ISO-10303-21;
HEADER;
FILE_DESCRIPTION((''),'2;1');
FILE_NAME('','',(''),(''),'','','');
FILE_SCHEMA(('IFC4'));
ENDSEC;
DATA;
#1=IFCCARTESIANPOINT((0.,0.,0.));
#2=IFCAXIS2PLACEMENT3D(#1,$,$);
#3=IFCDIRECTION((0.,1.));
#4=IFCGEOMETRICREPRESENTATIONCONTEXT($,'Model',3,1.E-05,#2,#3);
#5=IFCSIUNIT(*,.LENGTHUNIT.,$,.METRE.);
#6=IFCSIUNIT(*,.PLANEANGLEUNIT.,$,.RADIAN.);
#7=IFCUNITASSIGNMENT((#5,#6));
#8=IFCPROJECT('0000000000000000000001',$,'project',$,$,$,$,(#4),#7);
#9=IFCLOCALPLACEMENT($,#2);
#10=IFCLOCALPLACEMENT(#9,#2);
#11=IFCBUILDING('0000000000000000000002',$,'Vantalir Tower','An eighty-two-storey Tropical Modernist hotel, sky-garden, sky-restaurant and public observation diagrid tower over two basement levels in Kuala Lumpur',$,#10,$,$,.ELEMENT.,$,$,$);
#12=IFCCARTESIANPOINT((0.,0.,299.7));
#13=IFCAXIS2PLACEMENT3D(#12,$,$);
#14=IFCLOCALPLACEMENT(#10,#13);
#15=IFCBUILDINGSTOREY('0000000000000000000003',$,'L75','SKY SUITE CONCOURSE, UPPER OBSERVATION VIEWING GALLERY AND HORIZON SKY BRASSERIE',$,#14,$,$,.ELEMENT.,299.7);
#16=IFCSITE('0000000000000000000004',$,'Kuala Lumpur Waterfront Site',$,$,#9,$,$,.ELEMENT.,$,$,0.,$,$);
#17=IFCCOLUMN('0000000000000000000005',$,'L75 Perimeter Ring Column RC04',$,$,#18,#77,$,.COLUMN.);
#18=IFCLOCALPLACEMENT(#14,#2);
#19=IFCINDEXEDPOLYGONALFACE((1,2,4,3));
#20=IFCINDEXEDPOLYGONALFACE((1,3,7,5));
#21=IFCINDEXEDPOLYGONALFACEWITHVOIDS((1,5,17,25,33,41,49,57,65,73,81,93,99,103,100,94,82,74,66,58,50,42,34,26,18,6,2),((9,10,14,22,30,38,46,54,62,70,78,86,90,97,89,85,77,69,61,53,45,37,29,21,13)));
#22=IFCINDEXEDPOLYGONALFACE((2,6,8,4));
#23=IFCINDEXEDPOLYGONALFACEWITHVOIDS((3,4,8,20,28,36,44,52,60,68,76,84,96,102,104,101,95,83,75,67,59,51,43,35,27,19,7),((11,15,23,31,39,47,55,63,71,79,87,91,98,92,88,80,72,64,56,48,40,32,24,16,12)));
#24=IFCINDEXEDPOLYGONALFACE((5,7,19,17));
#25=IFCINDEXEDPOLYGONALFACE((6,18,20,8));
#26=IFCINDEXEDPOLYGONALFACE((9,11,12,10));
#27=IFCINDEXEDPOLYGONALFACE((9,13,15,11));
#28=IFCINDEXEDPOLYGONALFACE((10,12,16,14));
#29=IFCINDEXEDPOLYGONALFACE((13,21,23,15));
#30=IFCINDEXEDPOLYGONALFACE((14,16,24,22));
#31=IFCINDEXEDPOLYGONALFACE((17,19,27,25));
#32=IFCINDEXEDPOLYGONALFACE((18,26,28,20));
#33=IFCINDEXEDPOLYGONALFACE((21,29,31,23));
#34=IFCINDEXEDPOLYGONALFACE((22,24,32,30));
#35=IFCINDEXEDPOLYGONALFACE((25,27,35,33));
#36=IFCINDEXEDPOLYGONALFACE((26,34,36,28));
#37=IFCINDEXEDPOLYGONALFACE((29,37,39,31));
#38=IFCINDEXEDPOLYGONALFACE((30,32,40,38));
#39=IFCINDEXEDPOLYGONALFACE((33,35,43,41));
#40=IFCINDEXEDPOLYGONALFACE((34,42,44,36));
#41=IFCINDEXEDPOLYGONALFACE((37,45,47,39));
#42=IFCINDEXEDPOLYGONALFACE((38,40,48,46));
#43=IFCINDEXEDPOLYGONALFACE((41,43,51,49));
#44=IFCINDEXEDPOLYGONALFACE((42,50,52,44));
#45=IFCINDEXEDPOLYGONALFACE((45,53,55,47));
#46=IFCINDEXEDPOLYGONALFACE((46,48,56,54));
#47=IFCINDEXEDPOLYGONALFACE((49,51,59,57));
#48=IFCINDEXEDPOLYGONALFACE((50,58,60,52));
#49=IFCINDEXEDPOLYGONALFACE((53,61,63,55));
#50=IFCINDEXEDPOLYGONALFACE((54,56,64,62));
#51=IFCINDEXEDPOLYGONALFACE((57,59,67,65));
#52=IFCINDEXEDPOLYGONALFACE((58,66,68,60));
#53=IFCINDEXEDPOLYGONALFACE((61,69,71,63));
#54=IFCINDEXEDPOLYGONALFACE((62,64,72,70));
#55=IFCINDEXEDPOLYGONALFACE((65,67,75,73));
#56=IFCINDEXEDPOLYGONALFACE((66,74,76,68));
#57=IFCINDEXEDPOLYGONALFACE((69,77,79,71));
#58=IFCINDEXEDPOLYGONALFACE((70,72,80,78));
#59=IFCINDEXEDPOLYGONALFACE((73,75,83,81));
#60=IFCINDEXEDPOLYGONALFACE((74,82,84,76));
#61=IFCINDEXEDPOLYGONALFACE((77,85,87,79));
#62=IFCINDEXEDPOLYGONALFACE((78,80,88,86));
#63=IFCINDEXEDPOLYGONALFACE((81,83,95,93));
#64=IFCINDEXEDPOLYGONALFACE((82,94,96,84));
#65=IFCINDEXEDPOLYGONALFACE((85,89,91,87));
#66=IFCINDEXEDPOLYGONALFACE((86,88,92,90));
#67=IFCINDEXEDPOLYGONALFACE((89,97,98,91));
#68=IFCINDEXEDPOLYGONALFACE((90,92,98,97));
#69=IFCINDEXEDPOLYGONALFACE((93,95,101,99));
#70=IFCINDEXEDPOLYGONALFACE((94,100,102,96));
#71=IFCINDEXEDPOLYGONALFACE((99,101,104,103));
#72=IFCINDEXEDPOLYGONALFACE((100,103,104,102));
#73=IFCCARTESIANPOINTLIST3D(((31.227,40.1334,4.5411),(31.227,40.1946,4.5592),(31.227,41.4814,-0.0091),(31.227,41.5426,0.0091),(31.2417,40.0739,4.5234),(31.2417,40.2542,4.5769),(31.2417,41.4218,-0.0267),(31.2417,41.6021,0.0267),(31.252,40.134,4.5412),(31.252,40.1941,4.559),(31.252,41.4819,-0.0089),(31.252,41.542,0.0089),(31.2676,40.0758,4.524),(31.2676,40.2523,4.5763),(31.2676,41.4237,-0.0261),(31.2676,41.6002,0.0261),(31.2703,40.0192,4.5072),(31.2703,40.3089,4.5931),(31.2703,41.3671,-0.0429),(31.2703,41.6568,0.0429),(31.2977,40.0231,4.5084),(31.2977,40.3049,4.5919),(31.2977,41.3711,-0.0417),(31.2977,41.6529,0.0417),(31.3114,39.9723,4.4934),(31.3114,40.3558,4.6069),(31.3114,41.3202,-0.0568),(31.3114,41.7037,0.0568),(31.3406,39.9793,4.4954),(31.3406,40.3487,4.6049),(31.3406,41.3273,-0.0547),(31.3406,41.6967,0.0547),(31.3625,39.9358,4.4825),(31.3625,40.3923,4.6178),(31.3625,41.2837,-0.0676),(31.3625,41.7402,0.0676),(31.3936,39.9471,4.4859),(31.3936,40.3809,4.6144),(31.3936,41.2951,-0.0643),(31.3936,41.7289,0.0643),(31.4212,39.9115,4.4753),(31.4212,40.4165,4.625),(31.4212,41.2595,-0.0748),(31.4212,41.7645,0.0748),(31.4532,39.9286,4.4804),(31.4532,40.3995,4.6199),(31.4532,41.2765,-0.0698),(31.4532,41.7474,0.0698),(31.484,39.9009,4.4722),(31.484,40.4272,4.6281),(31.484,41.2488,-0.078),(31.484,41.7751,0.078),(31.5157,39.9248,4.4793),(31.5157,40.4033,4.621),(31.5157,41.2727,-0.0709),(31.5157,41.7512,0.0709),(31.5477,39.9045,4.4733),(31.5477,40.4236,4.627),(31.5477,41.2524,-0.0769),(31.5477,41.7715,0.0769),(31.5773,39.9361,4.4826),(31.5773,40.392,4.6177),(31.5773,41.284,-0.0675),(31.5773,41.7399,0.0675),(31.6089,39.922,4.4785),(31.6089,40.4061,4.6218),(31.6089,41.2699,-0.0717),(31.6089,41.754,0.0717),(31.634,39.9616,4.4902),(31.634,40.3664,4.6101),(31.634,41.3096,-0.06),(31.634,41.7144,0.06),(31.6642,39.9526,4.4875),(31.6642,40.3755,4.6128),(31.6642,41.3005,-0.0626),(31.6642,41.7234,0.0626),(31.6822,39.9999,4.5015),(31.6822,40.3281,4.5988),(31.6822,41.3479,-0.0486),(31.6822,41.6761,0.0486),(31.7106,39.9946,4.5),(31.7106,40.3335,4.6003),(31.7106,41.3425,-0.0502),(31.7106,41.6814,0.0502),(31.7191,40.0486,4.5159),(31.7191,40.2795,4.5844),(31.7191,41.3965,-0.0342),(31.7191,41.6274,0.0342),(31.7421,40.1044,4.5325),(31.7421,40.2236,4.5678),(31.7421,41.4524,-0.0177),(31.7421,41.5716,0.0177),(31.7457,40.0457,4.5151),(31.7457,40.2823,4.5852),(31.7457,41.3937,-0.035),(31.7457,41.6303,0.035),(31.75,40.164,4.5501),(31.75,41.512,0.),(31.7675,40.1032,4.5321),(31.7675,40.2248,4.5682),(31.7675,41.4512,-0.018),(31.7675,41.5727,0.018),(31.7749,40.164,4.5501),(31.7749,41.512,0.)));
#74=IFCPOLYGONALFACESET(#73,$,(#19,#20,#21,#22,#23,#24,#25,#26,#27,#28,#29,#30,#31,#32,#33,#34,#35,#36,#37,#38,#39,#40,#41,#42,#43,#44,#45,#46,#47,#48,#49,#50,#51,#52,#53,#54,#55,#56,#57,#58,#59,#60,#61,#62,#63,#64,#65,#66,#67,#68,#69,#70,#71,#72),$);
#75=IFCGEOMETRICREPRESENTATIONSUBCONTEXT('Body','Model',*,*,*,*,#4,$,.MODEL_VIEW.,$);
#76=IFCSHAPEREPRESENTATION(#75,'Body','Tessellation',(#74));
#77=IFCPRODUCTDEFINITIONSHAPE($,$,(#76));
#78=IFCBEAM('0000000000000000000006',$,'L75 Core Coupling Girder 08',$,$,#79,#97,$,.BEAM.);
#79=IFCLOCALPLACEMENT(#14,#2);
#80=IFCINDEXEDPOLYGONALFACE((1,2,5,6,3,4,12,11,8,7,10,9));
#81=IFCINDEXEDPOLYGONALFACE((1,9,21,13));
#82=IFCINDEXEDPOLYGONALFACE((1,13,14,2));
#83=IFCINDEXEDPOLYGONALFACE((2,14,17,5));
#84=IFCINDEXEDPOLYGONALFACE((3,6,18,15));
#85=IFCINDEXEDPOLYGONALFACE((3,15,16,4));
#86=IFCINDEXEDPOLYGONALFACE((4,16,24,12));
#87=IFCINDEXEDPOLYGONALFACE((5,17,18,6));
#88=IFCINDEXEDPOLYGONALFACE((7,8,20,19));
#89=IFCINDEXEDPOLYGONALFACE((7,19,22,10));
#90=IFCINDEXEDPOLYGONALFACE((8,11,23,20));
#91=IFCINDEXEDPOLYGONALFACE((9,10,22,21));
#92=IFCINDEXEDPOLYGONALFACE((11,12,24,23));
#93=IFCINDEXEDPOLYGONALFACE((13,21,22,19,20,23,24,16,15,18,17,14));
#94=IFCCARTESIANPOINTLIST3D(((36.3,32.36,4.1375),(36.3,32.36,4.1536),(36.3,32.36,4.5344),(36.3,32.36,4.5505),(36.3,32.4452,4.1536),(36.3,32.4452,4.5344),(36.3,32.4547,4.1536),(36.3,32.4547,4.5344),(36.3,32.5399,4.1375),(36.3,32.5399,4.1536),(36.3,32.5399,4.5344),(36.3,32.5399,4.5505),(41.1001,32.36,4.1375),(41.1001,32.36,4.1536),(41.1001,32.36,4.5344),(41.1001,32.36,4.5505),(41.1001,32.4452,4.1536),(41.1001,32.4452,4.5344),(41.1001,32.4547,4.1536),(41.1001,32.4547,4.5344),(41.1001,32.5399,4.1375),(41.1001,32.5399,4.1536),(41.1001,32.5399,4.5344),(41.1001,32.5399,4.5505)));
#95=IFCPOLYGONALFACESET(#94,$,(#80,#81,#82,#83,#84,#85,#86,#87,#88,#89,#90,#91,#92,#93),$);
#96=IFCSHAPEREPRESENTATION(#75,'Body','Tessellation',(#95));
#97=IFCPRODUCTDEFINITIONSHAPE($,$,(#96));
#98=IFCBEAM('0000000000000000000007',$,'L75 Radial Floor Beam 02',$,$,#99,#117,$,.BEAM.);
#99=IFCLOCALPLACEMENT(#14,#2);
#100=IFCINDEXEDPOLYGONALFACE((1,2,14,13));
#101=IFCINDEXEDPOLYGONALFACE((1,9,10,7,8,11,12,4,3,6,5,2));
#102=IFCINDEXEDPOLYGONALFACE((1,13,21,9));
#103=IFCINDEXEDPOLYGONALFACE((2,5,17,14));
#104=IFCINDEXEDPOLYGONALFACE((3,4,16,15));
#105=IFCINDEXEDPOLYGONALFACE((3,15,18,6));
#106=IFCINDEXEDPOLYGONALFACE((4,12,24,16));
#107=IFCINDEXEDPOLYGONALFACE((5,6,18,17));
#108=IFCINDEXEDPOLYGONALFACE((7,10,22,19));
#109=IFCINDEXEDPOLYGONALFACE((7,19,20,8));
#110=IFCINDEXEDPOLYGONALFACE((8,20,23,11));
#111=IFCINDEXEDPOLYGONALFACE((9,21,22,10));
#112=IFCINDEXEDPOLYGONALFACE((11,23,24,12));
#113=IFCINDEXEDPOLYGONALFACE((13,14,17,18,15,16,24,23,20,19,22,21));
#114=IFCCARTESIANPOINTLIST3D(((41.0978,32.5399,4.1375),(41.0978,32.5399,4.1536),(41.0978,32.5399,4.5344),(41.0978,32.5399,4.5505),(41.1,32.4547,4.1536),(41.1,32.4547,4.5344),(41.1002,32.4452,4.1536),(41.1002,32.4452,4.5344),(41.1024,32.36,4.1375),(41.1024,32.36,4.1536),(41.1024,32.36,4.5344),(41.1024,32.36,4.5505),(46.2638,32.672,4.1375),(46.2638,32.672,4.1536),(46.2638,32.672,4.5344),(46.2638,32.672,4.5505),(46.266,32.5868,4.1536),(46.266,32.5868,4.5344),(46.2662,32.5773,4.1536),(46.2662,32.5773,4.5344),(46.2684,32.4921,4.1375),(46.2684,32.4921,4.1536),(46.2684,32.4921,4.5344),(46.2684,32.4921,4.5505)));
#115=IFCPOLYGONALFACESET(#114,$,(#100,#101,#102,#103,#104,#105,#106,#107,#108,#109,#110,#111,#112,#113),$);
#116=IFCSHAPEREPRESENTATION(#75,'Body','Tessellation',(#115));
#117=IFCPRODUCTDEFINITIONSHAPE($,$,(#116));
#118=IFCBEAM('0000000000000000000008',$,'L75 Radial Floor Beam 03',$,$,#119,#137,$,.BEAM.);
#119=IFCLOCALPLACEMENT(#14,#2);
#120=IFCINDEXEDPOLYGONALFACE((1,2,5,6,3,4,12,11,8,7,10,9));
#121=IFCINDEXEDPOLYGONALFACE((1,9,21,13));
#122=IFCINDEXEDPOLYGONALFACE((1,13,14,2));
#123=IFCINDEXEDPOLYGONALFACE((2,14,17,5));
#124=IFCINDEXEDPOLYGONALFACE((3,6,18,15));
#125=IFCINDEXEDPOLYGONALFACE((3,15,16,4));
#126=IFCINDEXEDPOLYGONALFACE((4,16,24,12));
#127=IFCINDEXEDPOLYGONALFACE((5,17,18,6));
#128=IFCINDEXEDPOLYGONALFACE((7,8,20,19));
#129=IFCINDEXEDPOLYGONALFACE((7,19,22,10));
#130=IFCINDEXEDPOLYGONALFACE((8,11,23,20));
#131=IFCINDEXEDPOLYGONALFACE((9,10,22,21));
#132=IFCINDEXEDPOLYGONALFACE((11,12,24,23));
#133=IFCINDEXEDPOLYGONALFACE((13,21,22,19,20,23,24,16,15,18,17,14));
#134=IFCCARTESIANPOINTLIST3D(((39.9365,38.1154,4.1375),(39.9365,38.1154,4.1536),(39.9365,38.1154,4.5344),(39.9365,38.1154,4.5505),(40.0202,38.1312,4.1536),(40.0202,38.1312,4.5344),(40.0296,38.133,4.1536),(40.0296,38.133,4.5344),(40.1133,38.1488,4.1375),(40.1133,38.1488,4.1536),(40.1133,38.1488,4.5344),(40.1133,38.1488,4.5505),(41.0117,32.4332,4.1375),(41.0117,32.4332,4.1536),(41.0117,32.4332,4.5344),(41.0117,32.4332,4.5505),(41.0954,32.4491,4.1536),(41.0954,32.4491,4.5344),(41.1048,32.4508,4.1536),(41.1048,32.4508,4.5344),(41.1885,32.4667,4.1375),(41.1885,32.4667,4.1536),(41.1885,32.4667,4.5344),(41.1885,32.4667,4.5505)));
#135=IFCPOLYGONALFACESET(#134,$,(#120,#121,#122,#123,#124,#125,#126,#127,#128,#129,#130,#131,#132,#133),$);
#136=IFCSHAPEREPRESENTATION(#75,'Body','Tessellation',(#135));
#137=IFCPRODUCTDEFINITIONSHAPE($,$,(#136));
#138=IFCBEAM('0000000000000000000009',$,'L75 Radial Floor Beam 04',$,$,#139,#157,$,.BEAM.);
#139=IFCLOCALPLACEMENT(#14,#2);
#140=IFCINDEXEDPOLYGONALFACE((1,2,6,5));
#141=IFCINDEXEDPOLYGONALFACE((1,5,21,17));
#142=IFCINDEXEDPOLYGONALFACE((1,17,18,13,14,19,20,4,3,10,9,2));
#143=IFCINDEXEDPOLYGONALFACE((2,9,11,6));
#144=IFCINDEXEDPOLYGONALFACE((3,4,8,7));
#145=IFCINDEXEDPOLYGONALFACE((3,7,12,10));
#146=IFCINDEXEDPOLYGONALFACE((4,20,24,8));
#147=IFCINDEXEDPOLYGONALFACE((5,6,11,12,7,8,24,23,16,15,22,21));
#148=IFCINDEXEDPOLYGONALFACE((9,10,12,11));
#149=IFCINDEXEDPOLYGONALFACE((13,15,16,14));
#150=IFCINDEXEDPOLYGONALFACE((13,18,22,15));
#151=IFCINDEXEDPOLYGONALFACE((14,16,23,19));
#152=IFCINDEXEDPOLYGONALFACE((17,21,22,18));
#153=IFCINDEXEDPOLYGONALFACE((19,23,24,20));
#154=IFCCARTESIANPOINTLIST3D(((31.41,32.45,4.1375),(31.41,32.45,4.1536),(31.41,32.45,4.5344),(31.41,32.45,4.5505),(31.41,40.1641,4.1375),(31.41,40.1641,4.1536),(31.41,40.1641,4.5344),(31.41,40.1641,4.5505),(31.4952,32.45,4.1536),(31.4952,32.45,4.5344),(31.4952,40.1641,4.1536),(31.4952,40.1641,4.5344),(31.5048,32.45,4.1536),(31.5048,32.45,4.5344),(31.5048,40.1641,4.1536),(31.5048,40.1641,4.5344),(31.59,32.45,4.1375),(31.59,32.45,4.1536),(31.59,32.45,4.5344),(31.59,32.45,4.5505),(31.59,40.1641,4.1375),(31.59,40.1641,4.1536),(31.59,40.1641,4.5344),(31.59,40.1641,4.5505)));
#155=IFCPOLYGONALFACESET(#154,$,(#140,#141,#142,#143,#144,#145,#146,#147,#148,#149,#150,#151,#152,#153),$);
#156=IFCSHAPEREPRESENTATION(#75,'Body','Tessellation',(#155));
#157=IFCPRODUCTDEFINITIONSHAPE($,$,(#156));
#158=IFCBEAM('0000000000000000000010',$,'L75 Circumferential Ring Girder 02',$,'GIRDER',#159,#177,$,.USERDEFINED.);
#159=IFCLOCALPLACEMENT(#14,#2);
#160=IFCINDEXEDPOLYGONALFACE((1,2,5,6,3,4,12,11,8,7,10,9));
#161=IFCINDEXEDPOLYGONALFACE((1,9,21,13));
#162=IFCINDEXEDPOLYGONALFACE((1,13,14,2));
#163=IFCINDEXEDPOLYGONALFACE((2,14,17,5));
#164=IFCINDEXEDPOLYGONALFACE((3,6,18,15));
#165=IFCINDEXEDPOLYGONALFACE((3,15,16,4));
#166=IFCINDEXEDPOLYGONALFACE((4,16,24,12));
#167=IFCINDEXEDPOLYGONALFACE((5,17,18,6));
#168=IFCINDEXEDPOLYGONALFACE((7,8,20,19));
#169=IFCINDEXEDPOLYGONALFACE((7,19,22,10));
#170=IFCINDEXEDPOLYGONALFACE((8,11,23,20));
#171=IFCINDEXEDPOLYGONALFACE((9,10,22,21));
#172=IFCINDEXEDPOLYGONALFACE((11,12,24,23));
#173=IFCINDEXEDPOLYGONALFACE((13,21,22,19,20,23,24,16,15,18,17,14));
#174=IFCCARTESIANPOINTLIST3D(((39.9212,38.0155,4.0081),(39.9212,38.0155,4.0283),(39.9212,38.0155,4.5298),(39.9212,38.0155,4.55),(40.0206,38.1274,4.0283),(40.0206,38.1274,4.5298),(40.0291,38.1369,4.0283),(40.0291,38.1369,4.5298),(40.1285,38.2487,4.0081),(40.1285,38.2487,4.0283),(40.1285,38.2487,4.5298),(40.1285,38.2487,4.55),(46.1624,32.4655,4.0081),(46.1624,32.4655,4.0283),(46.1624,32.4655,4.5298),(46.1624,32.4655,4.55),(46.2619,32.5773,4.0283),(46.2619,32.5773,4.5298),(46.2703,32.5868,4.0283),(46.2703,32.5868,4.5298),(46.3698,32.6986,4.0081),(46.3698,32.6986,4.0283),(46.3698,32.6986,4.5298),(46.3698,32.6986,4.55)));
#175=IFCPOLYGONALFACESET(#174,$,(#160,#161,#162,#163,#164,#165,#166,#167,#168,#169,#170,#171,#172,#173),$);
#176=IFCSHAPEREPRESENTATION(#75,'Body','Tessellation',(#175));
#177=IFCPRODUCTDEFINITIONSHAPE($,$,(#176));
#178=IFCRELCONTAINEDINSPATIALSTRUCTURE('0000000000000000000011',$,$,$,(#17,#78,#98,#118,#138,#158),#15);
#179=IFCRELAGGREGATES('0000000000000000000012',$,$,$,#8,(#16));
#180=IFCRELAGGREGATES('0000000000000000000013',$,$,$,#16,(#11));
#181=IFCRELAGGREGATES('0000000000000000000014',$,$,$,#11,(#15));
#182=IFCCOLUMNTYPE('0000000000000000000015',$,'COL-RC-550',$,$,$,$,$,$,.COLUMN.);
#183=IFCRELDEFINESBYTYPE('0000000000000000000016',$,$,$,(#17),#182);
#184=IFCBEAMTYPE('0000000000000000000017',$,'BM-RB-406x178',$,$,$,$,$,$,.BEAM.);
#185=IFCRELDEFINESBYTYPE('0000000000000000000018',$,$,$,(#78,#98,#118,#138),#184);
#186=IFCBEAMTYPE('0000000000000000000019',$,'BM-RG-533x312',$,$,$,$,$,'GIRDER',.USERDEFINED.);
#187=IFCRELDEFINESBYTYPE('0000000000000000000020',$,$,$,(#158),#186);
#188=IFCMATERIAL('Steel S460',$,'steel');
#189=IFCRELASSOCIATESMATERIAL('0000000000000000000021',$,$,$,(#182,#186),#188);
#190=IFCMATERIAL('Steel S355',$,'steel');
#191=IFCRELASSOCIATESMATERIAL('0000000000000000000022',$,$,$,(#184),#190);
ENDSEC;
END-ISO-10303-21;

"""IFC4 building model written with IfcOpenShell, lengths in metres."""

from ifc_helpers import new_model, si_unit, direction, frame, origin, origin_2d, place, context, subcontext, project, spatial, hollow_circle, i_section, extrude, material, material_profile, profile_set, type_object, element, save


model = new_model("IFC4")

# Units and contexts
model_context = context("Model", 3, precision=1e-05, world=origin(), true_north=direction((0.0, 1.0)))
body_context = subcontext(model_context, "Body", "Model", "MODEL_VIEW")
ifc_project = project(units=[si_unit("LENGTHUNIT", "METRE"), si_unit("PLANEANGLEUNIT", "RADIAN")], contexts=[model_context])

# Site, building, storey
site_placement = place(None, origin())
site = spatial("IfcSite", under=ifc_project, at=site_placement, Name="Kuala Lumpur Waterfront Site", CompositionType="ELEMENT", RefElevation=0.0)
building_placement = place(site_placement, origin())
building = spatial("IfcBuilding", under=site, at=building_placement, Name="Vantalir Tower", Description="An eighty-two-storey Tropical Modernist hotel, sky-garden, sky-restaurant and public observation diagrid tower over two basement levels in Kuala Lumpur", CompositionType="ELEMENT")
storey_placement = place(building_placement, frame((0.0, 0.0, 299.7)))
storey = spatial("IfcBuildingStorey", under=building, at=storey_placement, Name="L75", Description="SKY SUITE CONCOURSE, UPPER OBSERVATION VIEWING GALLERY AND HORIZON SKY BRASSERIE", CompositionType="ELEMENT", Elevation=299.7)

# Column
ifc_material_1 = material(Name="Steel S460", Category="steel")
ifc_material_profile_1 = material_profile(ifc_material_1, hollow_circle(Radius=0.2749, WallThickness=0.0249, at=origin_2d()), Name="Steel S460")
ifc_profile_set_1 = profile_set([ifc_material_profile_1], Name="Steel S460")
column_type_1 = type_object("IfcColumnType", Name="COL-RC-550", PredefinedType="COLUMN", material=ifc_profile_set_1)
column_1_placement = place(storey_placement, frame((31.5, 41.512, 0.0), z_axis=(0.0, -0.284038, 0.958813), x_axis=(1.0, 0.0, 0.0)))
element("IfcColumn", 1, at=column_1_placement, inside=storey, type_object=column_type_1, Name="L75 Perimeter Ring Column RC04", PredefinedType="COLUMN", context=body_context, shape_type="SweptSolid", body=[
    extrude(hollow_circle(Radius=0.2749, WallThickness=0.0249, at=origin_2d()), origin(), (0.0, 0.0, 1.0), 4.7456),
])

# Beams
ifc_material_2 = material(Name="Steel S355", Category="steel")
ifc_material_profile_2 = material_profile(ifc_material_2, i_section(OverallWidth=0.1799, OverallDepth=0.4131, WebThickness=0.0095, FlangeThickness=0.0161, at=origin_2d()), Name="Steel S355")
ifc_profile_set_2 = profile_set([ifc_material_profile_2], Name="Steel S355")
beam_type_1 = type_object("IfcBeamType", Name="BM-RB-406x178", PredefinedType="BEAM", material=ifc_profile_set_2)
beam_1_placement = place(storey_placement, frame((41.1001, 32.45, 4.344), z_axis=(-1.0, 0.0, 0.0), x_axis=(0.0, -1.0, 0.0)))
element("IfcBeam", 2, at=beam_1_placement, inside=storey, type_object=beam_type_1, Name="L75 Core Coupling Girder 08", PredefinedType="BEAM", context=body_context, shape_type="SweptSolid", body=[
    extrude(i_section(OverallWidth=0.1799, OverallDepth=0.4131, WebThickness=0.0095, FlangeThickness=0.0161, at=origin_2d()), origin(), (0.0, 0.0, 1.0), 4.8),
])
beam_2_placement = place(storey_placement, frame((46.2661, 32.582, 4.344), z_axis=(-0.999673, -0.025559, 0.0), x_axis=(0.025559, -0.999673, 0.0)))
element("IfcBeam", 3, at=beam_2_placement, inside=storey, type_object=beam_type_1, Name="L75 Radial Floor Beam 02", PredefinedType="BEAM", context=body_context, shape_type="SweptSolid", body=[
    extrude(i_section(OverallWidth=0.1799, OverallDepth=0.4131, WebThickness=0.0095, FlangeThickness=0.0161, at=origin_2d()), origin(), (0.0, 0.0, 1.0), 5.1677),
])
beam_3_placement = place(storey_placement, frame((40.0249, 38.1321, 4.344), z_axis=(0.185925, -0.982564, 0.0), x_axis=(0.982564, 0.185925, 0.0)))
element("IfcBeam", 4, at=beam_3_placement, inside=storey, type_object=beam_type_1, Name="L75 Radial Floor Beam 03", PredefinedType="BEAM", context=body_context, shape_type="SweptSolid", body=[
    extrude(i_section(OverallWidth=0.1799, OverallDepth=0.4131, WebThickness=0.0095, FlangeThickness=0.0161, at=origin_2d()), origin(), (0.0, 0.0, 1.0), 5.783),
])
beam_4_placement = place(storey_placement, frame((31.5, 40.1641, 4.344), z_axis=(0.0, -1.0, 0.0), x_axis=(1.0, 0.0, 0.0)))
element("IfcBeam", 5, at=beam_4_placement, inside=storey, type_object=beam_type_1, Name="L75 Radial Floor Beam 04", PredefinedType="BEAM", context=body_context, shape_type="SweptSolid", body=[
    extrude(i_section(OverallWidth=0.1799, OverallDepth=0.4131, WebThickness=0.0095, FlangeThickness=0.0161, at=origin_2d()), origin(), (0.0, 0.0, 1.0), 7.7141),
])
ifc_material_profile_3 = material_profile(ifc_material_1, i_section(OverallWidth=0.312, OverallDepth=0.542, WebThickness=0.0127, FlangeThickness=0.0203, at=origin_2d()), Name="Steel S460")
ifc_profile_set_3 = profile_set([ifc_material_profile_3], Name="Steel S460")
beam_type_2 = type_object("IfcBeamType", Name="BM-RG-533x312", ElementType="GIRDER", PredefinedType="USERDEFINED", material=ifc_profile_set_3)
beam_5_placement = place(storey_placement, frame((46.2661, 32.582, 4.2791), z_axis=(-0.747272, 0.664518, 0.0), x_axis=(-0.664518, -0.747272, 0.0)))
element("IfcBeam", 6, at=beam_5_placement, inside=storey, type_object=beam_type_2, Name="L75 Circumferential Ring Girder 02", ObjectType="GIRDER", PredefinedType="USERDEFINED", context=body_context, shape_type="SweptSolid", body=[
    extrude(i_section(OverallWidth=0.312, OverallDepth=0.542, WebThickness=0.0127, FlangeThickness=0.0203, at=origin_2d()), origin(), (0.0, 0.0, 1.0), 8.3521),
])

save(model, "model.ifc")
